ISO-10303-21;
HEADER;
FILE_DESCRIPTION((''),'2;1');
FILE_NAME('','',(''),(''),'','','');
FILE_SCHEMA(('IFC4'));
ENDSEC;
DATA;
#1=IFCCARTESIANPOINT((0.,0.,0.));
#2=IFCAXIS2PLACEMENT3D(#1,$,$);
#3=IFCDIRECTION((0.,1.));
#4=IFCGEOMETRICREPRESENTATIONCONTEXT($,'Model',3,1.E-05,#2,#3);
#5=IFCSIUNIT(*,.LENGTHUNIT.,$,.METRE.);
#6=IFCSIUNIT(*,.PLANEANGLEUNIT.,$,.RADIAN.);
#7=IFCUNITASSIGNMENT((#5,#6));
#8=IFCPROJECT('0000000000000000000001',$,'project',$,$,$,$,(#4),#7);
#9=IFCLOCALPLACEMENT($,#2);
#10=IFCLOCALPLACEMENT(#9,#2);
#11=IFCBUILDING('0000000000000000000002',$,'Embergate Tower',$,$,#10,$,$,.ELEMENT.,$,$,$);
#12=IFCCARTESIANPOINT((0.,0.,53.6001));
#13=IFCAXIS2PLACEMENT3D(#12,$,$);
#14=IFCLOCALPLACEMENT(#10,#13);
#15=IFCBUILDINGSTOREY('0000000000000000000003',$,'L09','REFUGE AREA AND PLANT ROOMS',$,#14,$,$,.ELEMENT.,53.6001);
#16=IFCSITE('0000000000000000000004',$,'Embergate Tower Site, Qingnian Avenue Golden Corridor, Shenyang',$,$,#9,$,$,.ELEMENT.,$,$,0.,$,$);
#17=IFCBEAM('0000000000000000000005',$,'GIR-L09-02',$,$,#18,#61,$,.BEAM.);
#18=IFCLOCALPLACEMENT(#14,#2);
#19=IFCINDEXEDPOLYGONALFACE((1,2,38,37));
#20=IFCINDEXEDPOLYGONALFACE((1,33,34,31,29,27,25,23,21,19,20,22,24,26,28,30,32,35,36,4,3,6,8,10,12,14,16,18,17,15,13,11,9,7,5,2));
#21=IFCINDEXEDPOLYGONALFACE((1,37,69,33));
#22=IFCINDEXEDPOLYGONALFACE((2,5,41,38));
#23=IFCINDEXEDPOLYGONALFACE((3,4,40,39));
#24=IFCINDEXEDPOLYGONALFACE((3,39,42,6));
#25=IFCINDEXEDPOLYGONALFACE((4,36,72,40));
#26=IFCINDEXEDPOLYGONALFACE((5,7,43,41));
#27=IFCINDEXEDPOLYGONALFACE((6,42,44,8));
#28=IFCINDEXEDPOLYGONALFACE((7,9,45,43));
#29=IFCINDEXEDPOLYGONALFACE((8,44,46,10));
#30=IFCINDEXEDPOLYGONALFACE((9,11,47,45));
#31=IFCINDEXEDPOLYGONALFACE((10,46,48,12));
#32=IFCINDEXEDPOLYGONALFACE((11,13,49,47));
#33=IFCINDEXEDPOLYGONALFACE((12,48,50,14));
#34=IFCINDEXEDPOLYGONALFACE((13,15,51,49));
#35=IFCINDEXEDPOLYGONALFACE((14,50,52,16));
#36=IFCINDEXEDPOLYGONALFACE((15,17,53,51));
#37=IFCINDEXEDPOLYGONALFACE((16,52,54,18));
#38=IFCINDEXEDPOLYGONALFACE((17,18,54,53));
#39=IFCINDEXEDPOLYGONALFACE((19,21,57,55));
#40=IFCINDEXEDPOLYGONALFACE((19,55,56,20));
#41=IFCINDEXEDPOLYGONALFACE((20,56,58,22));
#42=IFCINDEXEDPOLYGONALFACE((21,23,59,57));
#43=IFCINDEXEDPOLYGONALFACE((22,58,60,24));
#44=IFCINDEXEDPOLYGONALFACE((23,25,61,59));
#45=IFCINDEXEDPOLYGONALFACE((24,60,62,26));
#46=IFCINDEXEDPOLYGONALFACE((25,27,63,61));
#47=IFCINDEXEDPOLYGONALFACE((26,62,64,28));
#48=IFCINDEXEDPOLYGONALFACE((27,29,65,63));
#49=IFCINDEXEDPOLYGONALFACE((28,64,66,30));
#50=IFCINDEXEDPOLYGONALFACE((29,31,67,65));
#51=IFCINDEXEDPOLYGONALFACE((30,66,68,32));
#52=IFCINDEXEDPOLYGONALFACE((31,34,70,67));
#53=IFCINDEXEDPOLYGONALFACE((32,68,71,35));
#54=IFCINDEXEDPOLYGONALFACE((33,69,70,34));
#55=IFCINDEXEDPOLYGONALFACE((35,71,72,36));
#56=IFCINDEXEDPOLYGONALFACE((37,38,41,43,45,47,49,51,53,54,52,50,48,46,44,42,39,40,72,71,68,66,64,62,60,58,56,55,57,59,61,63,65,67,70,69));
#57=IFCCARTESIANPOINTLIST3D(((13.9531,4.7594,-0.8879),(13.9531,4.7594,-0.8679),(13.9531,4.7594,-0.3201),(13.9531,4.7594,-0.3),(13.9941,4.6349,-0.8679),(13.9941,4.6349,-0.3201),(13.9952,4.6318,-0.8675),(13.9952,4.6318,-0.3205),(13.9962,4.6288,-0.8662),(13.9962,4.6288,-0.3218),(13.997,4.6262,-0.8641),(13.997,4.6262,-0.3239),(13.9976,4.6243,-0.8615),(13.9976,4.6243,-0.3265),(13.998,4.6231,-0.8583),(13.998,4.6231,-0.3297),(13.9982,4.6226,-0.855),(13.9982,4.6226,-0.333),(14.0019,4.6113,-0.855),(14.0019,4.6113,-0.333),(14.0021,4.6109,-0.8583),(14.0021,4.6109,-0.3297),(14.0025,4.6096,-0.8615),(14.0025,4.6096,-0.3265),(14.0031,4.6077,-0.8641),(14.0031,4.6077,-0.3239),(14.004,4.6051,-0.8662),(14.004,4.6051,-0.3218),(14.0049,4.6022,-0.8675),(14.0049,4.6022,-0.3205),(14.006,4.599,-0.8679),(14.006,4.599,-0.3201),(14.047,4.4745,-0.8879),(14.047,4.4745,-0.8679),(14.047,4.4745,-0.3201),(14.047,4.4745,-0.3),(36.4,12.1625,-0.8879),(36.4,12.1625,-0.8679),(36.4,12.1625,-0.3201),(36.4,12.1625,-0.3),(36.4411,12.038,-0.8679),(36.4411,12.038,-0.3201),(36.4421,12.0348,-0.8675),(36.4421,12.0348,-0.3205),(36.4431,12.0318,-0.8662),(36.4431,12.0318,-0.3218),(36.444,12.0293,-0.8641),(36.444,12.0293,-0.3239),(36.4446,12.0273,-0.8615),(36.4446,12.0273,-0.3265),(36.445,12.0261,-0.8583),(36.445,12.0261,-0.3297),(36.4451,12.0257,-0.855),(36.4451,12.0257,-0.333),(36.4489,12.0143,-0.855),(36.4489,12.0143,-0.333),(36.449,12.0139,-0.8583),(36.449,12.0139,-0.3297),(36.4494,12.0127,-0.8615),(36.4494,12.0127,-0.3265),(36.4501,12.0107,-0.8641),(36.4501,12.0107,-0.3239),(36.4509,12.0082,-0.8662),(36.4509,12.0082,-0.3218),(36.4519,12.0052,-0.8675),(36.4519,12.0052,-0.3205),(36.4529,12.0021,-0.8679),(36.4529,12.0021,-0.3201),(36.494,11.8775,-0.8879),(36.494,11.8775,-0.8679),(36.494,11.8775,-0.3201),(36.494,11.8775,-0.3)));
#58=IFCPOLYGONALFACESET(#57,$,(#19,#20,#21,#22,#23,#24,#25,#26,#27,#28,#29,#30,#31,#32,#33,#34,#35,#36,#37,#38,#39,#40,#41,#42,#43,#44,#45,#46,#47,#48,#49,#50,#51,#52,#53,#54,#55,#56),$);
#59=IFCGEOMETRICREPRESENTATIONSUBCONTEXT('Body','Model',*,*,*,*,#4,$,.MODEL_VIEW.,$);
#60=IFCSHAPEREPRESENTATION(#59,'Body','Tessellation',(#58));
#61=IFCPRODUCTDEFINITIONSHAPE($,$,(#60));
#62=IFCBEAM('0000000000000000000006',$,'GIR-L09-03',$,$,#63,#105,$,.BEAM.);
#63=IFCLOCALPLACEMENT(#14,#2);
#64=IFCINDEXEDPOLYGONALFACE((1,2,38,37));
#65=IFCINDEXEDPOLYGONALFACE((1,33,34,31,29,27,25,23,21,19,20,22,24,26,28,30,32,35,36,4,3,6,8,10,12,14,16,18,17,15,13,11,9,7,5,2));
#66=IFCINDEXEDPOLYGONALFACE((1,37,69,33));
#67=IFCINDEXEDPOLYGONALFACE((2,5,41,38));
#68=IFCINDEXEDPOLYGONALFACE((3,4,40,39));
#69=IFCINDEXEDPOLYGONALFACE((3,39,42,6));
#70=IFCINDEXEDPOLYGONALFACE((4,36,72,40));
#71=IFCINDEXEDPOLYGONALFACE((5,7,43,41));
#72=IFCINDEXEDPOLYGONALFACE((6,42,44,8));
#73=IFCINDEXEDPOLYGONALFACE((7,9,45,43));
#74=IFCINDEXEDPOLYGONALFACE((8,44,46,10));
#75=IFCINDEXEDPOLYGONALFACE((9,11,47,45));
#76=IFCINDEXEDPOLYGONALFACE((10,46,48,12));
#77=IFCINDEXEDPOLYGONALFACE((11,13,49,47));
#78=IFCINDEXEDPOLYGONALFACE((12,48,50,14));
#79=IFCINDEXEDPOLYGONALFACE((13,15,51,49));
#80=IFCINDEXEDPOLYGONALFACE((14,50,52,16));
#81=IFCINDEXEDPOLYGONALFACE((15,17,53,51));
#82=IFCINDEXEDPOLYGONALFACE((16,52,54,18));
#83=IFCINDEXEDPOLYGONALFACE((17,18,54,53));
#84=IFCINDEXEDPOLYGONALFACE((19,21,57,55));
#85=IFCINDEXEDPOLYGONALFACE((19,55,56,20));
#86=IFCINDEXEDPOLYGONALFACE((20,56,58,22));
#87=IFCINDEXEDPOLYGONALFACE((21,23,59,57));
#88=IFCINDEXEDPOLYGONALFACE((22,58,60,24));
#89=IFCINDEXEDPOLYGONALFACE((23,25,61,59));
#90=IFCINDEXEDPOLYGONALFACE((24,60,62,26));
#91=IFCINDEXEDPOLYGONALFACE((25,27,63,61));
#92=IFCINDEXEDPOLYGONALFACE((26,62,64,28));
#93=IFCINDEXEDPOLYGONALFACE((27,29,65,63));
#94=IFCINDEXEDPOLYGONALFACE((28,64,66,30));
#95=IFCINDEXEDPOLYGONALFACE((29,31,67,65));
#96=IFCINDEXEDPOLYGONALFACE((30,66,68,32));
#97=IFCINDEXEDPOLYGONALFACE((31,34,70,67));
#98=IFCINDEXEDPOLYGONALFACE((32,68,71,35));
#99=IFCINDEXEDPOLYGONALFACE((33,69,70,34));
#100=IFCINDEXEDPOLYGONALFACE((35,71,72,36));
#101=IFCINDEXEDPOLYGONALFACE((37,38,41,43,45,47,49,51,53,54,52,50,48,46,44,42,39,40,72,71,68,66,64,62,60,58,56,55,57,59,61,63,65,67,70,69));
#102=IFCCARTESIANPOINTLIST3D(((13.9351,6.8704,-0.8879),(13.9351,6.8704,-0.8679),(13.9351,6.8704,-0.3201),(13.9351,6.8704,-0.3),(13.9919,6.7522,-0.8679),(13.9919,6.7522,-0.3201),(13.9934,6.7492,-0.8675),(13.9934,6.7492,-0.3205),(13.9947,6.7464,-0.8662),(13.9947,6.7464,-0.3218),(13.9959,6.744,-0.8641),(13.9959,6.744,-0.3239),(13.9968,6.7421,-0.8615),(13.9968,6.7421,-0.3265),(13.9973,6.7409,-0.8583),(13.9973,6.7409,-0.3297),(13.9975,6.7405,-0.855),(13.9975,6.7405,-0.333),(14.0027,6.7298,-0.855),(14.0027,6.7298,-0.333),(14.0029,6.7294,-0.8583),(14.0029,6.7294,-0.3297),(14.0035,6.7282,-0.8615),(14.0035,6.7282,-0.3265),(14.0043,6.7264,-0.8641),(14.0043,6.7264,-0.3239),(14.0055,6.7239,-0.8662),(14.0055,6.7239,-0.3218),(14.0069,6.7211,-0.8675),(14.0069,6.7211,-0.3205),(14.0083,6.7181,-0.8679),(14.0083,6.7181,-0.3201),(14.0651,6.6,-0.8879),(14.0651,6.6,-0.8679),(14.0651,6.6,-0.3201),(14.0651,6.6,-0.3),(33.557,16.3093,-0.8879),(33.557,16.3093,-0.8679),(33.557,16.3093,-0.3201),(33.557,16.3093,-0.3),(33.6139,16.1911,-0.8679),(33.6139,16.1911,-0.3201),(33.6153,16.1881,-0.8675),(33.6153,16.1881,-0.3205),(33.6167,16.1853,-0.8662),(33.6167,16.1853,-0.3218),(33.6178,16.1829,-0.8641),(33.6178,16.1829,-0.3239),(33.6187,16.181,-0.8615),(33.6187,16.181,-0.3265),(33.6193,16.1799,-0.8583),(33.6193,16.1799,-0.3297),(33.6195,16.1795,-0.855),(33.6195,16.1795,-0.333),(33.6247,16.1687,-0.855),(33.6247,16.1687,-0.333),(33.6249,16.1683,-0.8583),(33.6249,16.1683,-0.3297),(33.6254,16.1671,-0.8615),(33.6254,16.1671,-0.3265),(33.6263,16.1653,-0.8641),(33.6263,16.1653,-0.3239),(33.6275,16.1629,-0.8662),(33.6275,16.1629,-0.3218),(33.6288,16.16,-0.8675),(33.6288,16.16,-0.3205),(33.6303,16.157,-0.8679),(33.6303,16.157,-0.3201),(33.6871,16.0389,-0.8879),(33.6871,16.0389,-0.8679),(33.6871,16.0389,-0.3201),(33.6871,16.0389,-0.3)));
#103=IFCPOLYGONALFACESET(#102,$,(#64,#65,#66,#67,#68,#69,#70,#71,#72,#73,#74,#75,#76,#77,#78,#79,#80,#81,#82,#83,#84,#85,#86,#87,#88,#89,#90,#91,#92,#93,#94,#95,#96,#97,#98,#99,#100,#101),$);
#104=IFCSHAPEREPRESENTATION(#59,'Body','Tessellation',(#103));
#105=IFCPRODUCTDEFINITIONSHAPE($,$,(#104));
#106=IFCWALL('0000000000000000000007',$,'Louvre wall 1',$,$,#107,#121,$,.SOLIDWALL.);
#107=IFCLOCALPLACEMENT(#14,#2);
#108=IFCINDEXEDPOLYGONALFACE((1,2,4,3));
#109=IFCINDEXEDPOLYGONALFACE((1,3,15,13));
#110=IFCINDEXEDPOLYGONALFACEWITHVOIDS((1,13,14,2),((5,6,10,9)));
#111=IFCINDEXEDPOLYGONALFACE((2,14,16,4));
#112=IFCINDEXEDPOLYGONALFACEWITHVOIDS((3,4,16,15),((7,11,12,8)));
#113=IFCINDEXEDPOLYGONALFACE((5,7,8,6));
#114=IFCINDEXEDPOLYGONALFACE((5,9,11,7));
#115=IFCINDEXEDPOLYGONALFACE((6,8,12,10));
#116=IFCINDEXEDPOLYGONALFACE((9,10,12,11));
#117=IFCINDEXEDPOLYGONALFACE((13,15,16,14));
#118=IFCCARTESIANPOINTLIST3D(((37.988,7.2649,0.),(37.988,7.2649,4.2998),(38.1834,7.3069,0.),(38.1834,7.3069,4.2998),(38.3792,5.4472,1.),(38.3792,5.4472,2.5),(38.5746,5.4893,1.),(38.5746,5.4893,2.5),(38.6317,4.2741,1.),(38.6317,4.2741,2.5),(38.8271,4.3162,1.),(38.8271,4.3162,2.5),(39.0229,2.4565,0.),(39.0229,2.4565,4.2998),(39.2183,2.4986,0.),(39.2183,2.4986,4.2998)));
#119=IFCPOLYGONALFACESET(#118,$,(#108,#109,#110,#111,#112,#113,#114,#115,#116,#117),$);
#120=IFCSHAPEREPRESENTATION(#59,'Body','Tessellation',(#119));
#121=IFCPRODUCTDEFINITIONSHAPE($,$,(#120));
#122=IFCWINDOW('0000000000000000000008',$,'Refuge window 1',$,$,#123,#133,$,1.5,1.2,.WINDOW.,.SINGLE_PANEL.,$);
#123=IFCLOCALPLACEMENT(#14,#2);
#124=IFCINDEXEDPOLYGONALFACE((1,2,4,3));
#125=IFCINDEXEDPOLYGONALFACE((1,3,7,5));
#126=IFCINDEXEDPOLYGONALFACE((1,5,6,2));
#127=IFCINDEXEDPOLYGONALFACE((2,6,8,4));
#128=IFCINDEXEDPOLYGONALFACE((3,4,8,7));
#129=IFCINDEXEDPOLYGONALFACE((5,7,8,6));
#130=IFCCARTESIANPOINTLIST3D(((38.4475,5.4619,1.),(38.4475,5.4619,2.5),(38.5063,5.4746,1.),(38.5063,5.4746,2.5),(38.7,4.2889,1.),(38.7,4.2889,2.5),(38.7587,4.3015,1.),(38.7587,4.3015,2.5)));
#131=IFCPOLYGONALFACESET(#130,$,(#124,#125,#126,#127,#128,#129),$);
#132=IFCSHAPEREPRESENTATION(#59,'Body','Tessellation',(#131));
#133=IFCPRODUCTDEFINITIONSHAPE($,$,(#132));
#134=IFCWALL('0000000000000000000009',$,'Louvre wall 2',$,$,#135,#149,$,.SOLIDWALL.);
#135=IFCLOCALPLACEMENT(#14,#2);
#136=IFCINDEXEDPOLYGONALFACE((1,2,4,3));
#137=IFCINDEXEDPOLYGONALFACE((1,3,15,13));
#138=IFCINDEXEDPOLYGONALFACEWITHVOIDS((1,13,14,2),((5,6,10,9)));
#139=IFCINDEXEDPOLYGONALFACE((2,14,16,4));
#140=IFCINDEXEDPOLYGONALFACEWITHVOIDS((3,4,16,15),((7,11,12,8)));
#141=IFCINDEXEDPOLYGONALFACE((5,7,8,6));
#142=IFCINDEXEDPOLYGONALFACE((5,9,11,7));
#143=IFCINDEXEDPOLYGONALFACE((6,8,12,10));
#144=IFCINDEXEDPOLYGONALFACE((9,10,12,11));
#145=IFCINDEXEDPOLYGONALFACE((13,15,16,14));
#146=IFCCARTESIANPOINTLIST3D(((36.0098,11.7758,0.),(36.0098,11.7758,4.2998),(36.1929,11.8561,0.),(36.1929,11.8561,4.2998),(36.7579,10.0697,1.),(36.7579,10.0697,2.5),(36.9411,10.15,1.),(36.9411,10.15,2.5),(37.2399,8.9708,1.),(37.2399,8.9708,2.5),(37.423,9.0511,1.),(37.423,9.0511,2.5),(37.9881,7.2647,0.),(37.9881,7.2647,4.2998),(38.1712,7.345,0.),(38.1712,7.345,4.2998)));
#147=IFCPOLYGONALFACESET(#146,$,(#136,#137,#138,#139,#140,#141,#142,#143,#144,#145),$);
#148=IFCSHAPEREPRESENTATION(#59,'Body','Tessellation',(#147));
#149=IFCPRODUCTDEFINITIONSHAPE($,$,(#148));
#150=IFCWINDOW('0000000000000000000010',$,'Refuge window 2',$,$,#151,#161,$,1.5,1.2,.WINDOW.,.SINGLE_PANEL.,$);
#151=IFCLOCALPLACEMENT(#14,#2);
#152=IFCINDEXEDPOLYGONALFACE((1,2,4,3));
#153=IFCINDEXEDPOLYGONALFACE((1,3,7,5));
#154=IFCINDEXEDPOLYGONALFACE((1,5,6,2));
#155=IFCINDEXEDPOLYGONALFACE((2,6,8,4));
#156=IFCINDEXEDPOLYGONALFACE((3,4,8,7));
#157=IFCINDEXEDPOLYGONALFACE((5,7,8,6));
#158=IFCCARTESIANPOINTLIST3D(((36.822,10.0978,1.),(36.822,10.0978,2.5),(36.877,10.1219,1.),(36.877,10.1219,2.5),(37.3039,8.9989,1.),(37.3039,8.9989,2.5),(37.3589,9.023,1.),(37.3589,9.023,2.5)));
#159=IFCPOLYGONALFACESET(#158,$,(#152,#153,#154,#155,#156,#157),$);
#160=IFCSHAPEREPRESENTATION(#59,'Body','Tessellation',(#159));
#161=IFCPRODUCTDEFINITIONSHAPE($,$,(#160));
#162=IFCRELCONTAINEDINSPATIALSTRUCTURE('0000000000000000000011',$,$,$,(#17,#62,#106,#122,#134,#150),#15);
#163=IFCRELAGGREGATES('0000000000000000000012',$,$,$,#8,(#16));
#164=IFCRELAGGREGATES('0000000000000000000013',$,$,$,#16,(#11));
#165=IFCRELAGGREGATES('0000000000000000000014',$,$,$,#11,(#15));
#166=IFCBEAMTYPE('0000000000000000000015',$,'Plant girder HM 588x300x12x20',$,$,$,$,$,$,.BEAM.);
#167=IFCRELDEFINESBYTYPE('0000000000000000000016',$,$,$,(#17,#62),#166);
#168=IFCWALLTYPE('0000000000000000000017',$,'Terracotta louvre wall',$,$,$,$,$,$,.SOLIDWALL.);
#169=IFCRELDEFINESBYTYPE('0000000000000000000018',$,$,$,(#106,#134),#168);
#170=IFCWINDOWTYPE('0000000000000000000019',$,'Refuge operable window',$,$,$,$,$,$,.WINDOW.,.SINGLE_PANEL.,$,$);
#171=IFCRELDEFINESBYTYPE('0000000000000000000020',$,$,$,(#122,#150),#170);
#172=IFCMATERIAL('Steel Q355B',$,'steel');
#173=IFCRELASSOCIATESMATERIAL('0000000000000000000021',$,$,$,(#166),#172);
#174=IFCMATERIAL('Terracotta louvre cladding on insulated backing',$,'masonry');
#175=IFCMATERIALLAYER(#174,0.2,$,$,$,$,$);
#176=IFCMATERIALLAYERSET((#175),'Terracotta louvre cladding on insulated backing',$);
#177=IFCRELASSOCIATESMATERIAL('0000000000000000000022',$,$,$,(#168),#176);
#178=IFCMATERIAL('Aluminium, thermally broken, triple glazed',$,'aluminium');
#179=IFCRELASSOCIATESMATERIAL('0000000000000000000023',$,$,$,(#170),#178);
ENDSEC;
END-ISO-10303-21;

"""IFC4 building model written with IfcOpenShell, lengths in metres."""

from ifc_helpers import new_model, si_unit, direction, frame, frame_2d, origin, origin_2d, place, context, subcontext, project, spatial, rectangle, i_section, extrude, source, transform, mapped, material, layer, layer_set, material_profile, profile_set, type_object, element, fill, save


model = new_model("IFC4")

# Units and contexts
model_context = context("Model", 3, precision=1e-05, world=origin(), true_north=direction((0.0, 1.0)))
body_context = subcontext(model_context, "Body", "Model", "MODEL_VIEW")
ifc_project = project(units=[si_unit("LENGTHUNIT", "METRE"), si_unit("PLANEANGLEUNIT", "RADIAN")], contexts=[model_context])

# Site, building, storey
site_placement = place(None, origin())
site = spatial("IfcSite", under=ifc_project, at=site_placement, Name="Embergate Tower Site, Qingnian Avenue Golden Corridor, Shenyang", CompositionType="ELEMENT", RefElevation=0.0)
building_placement = place(site_placement, origin())
building = spatial("IfcBuilding", under=site, at=building_placement, Name="Embergate Tower", CompositionType="ELEMENT")
storey_placement = place(building_placement, frame((0.0, 0.0, 53.6001)))
storey = spatial("IfcBuildingStorey", under=building, at=storey_placement, Name="L09", Description="REFUGE AREA AND PLANT ROOMS", CompositionType="ELEMENT", Elevation=53.6001)

# Beams
ifc_material_1 = material(Name="Steel Q355B", Category="steel")
ifc_material_profile_1 = material_profile(ifc_material_1, i_section(OverallWidth=0.3, OverallDepth=0.5879, WebThickness=0.012, FlangeThickness=0.02, FilletRadius=0.0129, at=origin_2d()), Name="HM 588x300x12x20")
ifc_profile_set_1 = profile_set([ifc_material_profile_1], Name="Steel Q355 grade B")
beam_type_1 = type_object("IfcBeamType", Name="Plant girder HM 588x300x12x20", PredefinedType="BEAM", material=ifc_profile_set_1)
shared_shape_1 = source(origin(), body_context, "Body", "SweptSolid", [
    extrude(i_section(OverallWidth=0.3, OverallDepth=0.5879, WebThickness=0.012, FlangeThickness=0.02, FilletRadius=0.0129, at=origin_2d()), origin(), (0.0, 0.0, 1.0), 23.6362),
])
beam_1_placement = place(storey_placement, frame((36.447, 12.02, -0.594), z_axis=(-0.949685, -0.313208, 0.0), x_axis=(0.313208, -0.949685, 0.0)))
element("IfcBeam", 1, at=beam_1_placement, inside=storey, type_object=beam_type_1, Name="GIR-L09-02", PredefinedType="BEAM", context=body_context, shape_type="MappedRepresentation", body=[
    mapped(shared_shape_1, transform((0.0, 0.0, 0.0))),
])
shared_shape_2 = source(origin(), body_context, "Body", "SweptSolid", [
    extrude(i_section(OverallWidth=0.3, OverallDepth=0.5879, WebThickness=0.012, FlangeThickness=0.02, FilletRadius=0.0129, at=origin_2d()), origin(), (0.0, 0.0, 1.0), 21.7742),
])
beam_2_placement = place(storey_placement, frame((33.6221, 16.1741, -0.594), z_axis=(-0.901158, -0.433491, 0.0), x_axis=(0.433491, -0.901158, 0.0)))
element("IfcBeam", 2, at=beam_2_placement, inside=storey, type_object=beam_type_1, Name="GIR-L09-03", PredefinedType="BEAM", context=body_context, shape_type="MappedRepresentation", body=[
    mapped(shared_shape_2, transform((0.0, 0.0, 0.0))),
])

# Walls, openings, windows
ifc_material_2 = material(Name="Terracotta louvre cladding on insulated backing", Category="masonry")
ifc_layer_1 = layer(ifc_material_2, 0.2)
ifc_layer_set_1 = layer_set([ifc_layer_1], Name="Terracotta louvre cladding on insulated backing")
wall_type_1 = type_object("IfcWallType", Name="Terracotta louvre wall", PredefinedType="SOLIDWALL", material=ifc_layer_set_1)
shared_shape_3 = source(origin(), body_context, "Body", "SweptSolid", [
    extrude(rectangle(XDim=4.9185, YDim=0.2, at=frame_2d((2.4592, 0.0))), origin(), (0.0, 0.0, 1.0), 4.2998),
])
wall_1_placement = place(storey_placement, frame((38.0857, 7.2859, 0.0), z_axis=(0.0, 0.0, 1.0), x_axis=(0.210414, -0.977612, 0.0)))
wall_1 = element("IfcWall", 3, at=wall_1_placement, inside=storey, type_object=wall_type_1, Name="Louvre wall 1", PredefinedType="SOLIDWALL", context=body_context, shape_type="MappedRepresentation", body=[
    mapped(shared_shape_3, transform((0.0, 0.0, 0.0))),
])
shared_shape_4 = source(origin(), body_context, "Body", "SweptSolid", [
    extrude(rectangle(XDim=1.2, YDim=1.5, at=frame_2d((0.6001, 0.75))), frame((0.0, 0.1099, 0.0), z_axis=(0.0, -1.0, 0.0), x_axis=(1.0, 0.0, 0.0)), (0.0, 0.0, 1.0), 0.22),
])
opening_1_placement = place(wall_1_placement, frame((1.8591, 0.0, 1.0)))
opening_1 = element("IfcOpeningElement", 4, at=opening_1_placement, cuts=wall_1, PredefinedType="OPENING", context=body_context, shape_type="MappedRepresentation", body=[
    mapped(shared_shape_4, transform((0.0, 0.0, 0.0))),
])
ifc_material_3 = material(Name="Aluminium, thermally broken, triple glazed", Category="aluminium")
window_type = type_object("IfcWindowType", Name="Refuge operable window", PartitioningType="SINGLE_PANEL", PredefinedType="WINDOW", material=ifc_material_3)
shared_shape_5 = source(origin(), body_context, "Body", "SweptSolid", [
    extrude(rectangle(XDim=1.2, YDim=1.5, at=frame_2d((0.6001, 0.75))), frame((0.0, 0.03, 0.0), z_axis=(0.0, -1.0, 0.0), x_axis=(1.0, 0.0, 0.0)), (0.0, 0.0, 1.0), 0.0601),
])
window_1_placement = place(opening_1_placement, origin())
window_1 = element("IfcWindow", 5, at=window_1_placement, inside=storey, type_object=window_type, Name="Refuge window 1", OverallHeight=1.5, OverallWidth=1.2, PartitioningType="SINGLE_PANEL", PredefinedType="WINDOW", context=body_context, shape_type="MappedRepresentation", body=[
    mapped(shared_shape_5, transform((0.0, 0.0, 0.0))),
])
fill(opening_1, window_1)
shared_shape_6 = source(origin(), body_context, "Body", "SweptSolid", [
    extrude(rectangle(XDim=4.9258, YDim=0.2, at=frame_2d((2.4629, 0.0))), origin(), (0.0, 0.0, 1.0), 4.2998),
])
wall_2_placement = place(storey_placement, frame((36.1013, 11.8159, 0.0), z_axis=(0.0, 0.0, 1.0), x_axis=(0.401622, -0.915805, 0.0)))
wall_2 = element("IfcWall", 6, at=wall_2_placement, inside=storey, type_object=wall_type_1, Name="Louvre wall 2", PredefinedType="SOLIDWALL", context=body_context, shape_type="MappedRepresentation", body=[
    mapped(shared_shape_6, transform((0.0, 0.0, 0.0))),
])
opening_2_placement = place(wall_2_placement, frame((1.8628, 0.0, 1.0)))
opening_2 = element("IfcOpeningElement", 7, at=opening_2_placement, cuts=wall_2, PredefinedType="OPENING", context=body_context, shape_type="MappedRepresentation", body=[
    mapped(shared_shape_4, transform((0.0, 0.0, 0.0))),
])
window_2_placement = place(opening_2_placement, origin())
window_2 = element("IfcWindow", 8, at=window_2_placement, inside=storey, type_object=window_type, Name="Refuge window 2", OverallHeight=1.5, OverallWidth=1.2, PartitioningType="SINGLE_PANEL", PredefinedType="WINDOW", context=body_context, shape_type="MappedRepresentation", body=[
    mapped(shared_shape_5, transform((0.0, 0.0, 0.0))),
])
fill(opening_2, window_2)

save(model, "model.ifc")
